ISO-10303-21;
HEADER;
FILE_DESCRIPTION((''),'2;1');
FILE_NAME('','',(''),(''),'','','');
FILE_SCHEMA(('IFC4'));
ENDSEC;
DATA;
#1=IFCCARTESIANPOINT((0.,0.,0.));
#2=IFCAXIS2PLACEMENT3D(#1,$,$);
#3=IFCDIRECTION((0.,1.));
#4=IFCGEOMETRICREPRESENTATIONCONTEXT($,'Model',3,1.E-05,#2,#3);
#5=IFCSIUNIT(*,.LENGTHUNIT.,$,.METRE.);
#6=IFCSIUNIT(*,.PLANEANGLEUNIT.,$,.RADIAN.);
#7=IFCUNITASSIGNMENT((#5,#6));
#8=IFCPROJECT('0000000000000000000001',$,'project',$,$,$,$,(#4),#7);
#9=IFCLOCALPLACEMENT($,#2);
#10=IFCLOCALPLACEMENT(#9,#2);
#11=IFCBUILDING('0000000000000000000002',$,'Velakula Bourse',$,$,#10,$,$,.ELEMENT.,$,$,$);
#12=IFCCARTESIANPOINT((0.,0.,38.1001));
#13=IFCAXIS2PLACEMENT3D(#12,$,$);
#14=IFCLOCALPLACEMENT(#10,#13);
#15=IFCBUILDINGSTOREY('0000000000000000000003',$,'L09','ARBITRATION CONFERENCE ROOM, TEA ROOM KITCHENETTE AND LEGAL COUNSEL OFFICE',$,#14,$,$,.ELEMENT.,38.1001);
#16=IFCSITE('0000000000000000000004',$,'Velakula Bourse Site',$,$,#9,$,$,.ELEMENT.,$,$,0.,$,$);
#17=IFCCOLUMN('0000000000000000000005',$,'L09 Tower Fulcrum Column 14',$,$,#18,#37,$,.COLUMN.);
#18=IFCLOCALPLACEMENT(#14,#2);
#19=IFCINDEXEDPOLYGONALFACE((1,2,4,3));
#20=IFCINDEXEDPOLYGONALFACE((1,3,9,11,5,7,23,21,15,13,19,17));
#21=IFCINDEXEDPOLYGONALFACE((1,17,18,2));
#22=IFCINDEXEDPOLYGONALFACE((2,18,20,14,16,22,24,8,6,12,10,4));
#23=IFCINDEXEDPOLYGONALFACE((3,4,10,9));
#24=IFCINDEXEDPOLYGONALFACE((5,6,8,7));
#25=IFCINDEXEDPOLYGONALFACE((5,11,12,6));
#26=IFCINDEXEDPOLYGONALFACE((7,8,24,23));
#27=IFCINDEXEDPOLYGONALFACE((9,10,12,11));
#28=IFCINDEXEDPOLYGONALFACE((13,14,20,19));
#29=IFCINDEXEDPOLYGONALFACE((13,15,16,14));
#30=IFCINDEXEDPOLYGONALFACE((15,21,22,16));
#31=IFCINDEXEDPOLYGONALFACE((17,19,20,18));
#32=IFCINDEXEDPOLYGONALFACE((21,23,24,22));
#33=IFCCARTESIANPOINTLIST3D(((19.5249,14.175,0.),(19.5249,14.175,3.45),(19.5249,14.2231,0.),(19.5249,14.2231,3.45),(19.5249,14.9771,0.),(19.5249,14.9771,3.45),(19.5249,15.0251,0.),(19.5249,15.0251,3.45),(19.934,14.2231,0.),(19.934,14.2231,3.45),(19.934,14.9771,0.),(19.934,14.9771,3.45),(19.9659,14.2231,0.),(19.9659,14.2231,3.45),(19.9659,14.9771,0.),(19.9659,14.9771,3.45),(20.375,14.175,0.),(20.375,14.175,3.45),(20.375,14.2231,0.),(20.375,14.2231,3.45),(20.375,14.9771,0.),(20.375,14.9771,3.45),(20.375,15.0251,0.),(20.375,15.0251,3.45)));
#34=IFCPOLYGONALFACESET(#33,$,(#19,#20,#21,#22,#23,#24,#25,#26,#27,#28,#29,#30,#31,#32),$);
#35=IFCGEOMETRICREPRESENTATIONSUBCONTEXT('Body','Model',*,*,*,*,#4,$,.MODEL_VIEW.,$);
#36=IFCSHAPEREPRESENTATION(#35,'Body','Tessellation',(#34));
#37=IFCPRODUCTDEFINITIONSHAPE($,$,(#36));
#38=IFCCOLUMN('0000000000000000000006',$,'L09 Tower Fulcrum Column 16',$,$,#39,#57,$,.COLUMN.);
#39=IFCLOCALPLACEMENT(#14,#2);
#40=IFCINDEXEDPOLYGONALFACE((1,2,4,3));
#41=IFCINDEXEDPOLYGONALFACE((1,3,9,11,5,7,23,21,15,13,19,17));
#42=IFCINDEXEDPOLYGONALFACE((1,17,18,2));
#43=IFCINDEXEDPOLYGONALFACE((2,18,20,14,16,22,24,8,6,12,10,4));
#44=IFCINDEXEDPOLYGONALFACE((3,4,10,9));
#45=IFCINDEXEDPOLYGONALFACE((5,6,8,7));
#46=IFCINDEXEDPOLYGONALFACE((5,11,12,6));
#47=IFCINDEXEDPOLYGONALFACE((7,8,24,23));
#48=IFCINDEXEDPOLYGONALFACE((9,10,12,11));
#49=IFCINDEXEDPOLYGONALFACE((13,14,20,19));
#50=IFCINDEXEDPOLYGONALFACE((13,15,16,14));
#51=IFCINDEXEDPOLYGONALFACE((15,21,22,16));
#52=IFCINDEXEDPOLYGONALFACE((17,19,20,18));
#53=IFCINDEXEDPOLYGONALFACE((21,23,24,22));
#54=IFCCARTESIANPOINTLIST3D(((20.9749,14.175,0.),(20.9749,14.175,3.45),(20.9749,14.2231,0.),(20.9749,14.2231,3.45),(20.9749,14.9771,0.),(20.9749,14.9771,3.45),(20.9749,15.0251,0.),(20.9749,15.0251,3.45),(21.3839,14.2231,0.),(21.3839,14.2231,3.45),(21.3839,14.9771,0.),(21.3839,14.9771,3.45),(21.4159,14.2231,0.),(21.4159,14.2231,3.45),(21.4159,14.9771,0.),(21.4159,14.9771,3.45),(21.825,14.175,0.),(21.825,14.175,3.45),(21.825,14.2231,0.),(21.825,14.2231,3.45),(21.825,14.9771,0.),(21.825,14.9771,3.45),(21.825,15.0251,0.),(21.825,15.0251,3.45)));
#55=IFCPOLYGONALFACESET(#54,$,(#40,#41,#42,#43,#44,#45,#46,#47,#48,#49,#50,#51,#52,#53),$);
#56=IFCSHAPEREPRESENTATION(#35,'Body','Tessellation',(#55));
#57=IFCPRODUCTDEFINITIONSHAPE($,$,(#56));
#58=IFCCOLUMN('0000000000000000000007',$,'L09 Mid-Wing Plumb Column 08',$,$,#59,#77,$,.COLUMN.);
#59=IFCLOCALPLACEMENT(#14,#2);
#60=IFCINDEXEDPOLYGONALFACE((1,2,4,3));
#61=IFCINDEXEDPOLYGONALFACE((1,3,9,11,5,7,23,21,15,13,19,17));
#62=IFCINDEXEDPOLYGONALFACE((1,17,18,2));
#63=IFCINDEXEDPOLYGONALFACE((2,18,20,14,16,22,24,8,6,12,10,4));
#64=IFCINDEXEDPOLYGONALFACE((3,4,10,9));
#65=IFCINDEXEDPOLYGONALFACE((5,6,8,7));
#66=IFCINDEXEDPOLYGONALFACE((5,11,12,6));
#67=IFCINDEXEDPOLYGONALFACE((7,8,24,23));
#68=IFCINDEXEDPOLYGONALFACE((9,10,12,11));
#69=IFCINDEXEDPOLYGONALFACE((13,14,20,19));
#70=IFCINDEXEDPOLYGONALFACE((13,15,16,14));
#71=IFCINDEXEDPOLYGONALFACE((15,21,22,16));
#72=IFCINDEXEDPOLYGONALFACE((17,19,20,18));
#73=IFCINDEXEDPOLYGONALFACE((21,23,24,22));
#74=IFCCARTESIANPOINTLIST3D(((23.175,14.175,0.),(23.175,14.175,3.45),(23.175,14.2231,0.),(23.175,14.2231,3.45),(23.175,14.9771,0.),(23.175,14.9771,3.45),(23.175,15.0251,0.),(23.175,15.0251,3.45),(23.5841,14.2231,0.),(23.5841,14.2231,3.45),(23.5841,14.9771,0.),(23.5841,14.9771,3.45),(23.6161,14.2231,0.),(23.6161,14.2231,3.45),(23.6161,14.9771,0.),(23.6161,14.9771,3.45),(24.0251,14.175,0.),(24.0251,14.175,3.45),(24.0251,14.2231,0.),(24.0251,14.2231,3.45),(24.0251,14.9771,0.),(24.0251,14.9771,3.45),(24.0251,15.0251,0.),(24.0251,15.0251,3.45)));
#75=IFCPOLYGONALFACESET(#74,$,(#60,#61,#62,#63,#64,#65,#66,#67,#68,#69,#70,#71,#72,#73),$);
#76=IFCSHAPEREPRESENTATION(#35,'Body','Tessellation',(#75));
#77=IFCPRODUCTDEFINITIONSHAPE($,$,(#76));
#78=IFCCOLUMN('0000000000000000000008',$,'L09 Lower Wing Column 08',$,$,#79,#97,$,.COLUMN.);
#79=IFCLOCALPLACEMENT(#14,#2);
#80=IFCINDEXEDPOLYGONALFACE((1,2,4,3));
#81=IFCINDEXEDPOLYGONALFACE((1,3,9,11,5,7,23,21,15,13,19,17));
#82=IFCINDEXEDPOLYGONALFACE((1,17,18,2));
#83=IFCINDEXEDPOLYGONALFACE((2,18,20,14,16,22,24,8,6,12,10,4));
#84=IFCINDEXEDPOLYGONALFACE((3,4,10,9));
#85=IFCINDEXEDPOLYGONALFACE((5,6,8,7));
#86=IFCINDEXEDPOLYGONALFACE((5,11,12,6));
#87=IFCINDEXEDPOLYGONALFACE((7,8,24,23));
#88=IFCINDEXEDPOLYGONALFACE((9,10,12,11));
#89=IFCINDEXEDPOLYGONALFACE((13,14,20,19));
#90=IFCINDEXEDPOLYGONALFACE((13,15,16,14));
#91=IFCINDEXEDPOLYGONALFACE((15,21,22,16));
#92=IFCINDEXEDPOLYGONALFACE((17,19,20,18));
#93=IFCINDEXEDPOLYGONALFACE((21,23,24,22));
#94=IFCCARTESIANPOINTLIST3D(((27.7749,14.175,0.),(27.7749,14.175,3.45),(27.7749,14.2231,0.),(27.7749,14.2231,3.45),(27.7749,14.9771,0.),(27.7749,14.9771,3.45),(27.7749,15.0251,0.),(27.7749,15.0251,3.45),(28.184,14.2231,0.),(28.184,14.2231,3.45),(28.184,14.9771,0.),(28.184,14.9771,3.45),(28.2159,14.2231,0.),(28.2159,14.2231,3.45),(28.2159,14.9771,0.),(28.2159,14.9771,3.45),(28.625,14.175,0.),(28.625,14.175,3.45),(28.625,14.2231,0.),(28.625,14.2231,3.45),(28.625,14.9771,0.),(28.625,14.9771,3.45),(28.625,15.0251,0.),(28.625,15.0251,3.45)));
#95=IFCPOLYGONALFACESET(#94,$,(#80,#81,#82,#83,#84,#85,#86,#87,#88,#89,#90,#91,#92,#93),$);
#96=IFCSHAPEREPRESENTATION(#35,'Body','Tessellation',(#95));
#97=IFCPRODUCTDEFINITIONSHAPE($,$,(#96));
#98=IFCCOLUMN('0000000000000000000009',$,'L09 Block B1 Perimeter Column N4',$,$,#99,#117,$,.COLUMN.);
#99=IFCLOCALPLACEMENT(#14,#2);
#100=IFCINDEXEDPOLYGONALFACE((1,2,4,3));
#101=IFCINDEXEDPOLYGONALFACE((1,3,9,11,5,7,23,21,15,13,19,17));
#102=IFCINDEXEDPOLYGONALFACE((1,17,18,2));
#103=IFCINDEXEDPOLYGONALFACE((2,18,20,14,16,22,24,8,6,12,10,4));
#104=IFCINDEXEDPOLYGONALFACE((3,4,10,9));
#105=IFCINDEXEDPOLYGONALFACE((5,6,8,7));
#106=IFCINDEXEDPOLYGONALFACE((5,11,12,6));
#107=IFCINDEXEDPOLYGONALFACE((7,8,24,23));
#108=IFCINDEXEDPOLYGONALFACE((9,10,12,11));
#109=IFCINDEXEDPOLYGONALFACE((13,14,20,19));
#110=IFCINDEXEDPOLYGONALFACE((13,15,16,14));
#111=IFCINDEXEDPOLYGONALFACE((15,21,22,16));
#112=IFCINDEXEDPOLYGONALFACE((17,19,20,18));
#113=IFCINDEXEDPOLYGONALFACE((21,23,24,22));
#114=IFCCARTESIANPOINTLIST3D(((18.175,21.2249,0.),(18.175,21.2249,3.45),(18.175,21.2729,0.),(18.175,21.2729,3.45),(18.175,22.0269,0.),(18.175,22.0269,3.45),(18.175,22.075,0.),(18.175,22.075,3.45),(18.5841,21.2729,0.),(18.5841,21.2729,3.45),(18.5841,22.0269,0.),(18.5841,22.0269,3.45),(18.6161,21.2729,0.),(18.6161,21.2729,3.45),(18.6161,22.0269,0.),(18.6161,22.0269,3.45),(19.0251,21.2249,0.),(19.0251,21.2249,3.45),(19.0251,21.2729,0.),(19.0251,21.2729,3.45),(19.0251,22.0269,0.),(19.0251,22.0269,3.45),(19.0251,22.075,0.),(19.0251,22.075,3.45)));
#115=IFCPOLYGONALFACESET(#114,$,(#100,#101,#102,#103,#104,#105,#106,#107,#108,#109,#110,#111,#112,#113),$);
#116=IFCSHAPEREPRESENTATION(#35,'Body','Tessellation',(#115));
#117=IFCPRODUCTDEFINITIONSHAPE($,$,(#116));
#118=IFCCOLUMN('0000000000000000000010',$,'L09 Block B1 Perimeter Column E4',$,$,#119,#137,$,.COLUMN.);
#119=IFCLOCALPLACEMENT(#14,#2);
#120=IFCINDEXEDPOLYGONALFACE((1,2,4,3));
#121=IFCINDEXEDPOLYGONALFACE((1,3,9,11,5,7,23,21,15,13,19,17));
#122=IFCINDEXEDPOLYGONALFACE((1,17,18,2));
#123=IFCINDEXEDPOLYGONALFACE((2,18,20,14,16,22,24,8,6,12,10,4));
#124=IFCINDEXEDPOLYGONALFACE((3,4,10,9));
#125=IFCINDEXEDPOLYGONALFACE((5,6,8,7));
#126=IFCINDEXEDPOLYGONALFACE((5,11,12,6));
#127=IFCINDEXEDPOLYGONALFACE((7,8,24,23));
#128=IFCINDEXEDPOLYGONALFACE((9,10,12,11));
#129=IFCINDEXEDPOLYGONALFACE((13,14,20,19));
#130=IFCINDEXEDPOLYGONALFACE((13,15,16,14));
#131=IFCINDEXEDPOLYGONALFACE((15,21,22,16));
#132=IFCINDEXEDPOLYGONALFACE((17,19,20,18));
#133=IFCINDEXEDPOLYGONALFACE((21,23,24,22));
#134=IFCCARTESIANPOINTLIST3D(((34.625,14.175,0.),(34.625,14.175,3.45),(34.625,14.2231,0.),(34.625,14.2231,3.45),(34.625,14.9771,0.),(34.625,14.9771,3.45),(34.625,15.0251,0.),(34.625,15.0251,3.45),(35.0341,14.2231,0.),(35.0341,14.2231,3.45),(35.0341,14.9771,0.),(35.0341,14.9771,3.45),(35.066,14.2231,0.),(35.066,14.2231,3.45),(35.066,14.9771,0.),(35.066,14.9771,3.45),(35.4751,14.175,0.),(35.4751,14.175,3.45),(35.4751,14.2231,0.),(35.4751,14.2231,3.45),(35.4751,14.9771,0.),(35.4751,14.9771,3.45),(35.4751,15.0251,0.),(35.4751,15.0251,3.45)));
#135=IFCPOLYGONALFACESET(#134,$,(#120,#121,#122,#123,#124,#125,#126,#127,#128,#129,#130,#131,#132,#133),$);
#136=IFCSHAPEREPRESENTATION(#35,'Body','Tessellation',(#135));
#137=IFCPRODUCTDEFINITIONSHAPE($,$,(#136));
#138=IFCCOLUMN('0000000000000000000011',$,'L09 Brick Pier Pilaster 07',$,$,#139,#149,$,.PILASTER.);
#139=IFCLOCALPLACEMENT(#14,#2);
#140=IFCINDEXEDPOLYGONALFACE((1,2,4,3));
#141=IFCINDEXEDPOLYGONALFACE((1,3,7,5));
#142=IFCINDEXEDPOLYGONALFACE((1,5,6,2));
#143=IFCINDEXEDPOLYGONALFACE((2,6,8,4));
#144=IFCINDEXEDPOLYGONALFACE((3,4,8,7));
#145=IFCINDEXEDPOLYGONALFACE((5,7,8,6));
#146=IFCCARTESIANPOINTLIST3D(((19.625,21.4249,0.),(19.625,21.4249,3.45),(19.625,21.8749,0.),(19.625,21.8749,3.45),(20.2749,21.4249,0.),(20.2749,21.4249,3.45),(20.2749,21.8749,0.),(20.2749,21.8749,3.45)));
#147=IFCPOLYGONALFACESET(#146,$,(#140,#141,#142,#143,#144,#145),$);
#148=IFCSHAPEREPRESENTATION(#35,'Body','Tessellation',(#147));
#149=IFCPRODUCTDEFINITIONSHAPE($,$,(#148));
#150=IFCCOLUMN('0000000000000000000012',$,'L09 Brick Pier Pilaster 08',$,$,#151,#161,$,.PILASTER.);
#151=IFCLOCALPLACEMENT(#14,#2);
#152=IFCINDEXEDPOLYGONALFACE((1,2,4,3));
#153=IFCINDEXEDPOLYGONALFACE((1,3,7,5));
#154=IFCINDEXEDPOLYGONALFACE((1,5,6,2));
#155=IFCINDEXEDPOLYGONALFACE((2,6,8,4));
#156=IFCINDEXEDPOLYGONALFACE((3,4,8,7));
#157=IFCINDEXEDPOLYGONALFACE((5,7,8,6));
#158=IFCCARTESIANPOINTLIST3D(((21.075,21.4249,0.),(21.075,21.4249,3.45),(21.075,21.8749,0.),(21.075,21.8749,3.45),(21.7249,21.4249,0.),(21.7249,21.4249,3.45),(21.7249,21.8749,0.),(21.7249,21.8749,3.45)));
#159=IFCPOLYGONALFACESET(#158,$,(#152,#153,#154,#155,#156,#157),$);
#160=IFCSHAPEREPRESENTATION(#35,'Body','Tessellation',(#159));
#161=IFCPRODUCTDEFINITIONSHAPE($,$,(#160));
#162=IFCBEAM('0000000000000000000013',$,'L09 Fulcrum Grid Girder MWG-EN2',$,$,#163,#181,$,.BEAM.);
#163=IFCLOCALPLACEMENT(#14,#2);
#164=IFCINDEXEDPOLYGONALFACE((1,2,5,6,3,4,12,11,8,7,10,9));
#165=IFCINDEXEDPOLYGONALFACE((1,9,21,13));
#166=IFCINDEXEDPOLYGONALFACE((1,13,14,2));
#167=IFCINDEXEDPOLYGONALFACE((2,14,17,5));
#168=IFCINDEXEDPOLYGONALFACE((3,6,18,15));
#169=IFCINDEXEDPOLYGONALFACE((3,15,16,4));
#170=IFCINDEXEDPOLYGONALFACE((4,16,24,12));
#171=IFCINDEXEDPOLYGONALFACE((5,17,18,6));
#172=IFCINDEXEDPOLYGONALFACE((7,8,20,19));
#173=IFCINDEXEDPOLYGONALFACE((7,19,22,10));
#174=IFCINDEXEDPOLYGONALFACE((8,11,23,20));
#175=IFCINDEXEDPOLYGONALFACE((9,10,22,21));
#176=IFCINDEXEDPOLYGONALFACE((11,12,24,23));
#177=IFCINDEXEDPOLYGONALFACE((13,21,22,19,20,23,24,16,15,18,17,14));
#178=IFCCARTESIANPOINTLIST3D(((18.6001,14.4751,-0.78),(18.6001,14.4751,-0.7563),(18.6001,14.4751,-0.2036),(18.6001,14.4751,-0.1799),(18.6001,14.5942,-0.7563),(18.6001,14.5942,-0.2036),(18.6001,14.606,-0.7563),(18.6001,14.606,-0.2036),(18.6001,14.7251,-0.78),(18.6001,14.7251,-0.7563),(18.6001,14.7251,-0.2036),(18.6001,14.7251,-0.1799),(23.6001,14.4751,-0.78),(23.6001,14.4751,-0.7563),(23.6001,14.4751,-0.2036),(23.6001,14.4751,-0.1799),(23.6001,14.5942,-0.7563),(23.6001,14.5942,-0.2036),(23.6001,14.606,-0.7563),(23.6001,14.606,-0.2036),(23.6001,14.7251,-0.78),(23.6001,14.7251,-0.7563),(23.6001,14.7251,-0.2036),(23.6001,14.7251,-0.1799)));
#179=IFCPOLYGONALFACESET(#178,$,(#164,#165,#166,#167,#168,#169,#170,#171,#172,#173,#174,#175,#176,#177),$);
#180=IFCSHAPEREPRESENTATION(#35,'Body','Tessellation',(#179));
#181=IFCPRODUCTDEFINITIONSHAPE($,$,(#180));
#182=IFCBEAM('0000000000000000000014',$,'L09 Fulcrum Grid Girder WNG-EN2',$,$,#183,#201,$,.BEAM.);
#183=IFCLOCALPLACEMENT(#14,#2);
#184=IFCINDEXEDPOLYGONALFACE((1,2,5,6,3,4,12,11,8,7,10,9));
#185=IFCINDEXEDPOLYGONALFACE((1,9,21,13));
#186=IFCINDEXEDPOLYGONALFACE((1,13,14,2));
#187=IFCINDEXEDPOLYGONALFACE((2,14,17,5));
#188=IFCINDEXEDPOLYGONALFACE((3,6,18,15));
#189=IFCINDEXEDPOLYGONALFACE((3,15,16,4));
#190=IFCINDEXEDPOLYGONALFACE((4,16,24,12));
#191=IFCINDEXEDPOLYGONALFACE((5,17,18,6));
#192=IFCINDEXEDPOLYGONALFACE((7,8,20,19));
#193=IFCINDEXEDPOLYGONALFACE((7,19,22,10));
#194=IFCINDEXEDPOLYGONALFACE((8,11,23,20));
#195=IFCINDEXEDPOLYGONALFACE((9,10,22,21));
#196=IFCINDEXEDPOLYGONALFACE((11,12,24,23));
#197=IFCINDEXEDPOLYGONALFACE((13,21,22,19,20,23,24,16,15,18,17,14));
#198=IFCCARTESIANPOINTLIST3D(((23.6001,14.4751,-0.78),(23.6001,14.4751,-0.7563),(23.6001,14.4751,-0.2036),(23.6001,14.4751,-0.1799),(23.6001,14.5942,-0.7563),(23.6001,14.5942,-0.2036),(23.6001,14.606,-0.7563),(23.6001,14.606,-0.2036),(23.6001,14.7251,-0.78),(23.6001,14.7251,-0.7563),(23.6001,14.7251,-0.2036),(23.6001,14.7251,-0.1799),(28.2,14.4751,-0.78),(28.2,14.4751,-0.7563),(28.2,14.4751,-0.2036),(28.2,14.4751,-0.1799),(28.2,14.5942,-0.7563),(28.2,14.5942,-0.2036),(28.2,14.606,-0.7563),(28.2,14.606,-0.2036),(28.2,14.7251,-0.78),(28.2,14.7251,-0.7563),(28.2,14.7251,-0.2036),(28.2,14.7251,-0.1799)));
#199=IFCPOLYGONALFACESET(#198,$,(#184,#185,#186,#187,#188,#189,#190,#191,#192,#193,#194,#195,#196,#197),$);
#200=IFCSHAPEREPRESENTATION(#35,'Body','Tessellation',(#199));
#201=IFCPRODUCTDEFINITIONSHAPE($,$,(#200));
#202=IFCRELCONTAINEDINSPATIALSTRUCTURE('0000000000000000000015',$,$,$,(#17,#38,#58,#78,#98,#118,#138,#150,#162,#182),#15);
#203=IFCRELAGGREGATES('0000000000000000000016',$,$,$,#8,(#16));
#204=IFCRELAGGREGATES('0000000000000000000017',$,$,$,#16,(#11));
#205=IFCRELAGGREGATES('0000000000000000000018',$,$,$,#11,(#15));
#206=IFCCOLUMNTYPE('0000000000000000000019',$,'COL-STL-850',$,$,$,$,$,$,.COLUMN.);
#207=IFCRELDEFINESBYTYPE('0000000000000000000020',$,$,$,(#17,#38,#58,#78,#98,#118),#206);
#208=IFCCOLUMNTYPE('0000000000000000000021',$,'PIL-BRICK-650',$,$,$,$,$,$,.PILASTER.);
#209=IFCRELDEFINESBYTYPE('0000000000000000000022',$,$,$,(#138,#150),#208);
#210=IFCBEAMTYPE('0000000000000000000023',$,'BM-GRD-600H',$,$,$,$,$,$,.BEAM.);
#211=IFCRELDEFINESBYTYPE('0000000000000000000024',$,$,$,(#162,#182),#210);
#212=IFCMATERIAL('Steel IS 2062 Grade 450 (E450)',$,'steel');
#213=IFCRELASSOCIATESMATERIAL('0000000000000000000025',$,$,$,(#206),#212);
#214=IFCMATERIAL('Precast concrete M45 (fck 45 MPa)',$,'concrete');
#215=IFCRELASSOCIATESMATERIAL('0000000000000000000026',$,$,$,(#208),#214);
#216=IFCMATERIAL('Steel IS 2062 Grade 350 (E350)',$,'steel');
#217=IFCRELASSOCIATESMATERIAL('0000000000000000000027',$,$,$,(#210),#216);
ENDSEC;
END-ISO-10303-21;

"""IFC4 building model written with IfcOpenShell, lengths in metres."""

from ifc_helpers import new_model, si_unit, direction, frame, origin, origin_2d, place, context, subcontext, project, spatial, rectangle, i_section, extrude, material, material_profile, profile_set, type_object, element, save


model = new_model("IFC4")

# Units and contexts
model_context = context("Model", 3, precision=1e-05, world=origin(), true_north=direction((0.0, 1.0)))
body_context = subcontext(model_context, "Body", "Model", "MODEL_VIEW")
ifc_project = project(units=[si_unit("LENGTHUNIT", "METRE"), si_unit("PLANEANGLEUNIT", "RADIAN")], contexts=[model_context])

# Site, building, storey
site_placement = place(None, origin())
site = spatial("IfcSite", under=ifc_project, at=site_placement, Name="Velakula Bourse Site", CompositionType="ELEMENT", RefElevation=0.0)
building_placement = place(site_placement, origin())
building = spatial("IfcBuilding", under=site, at=building_placement, Name="Velakula Bourse", CompositionType="ELEMENT")
storey_placement = place(building_placement, frame((0.0, 0.0, 38.1001)))
storey = spatial("IfcBuildingStorey", under=building, at=storey_placement, Name="L09", Description="ARBITRATION CONFERENCE ROOM, TEA ROOM KITCHENETTE AND LEGAL COUNSEL OFFICE", CompositionType="ELEMENT", Elevation=38.1001)

# Columns
ifc_material_1 = material(Name="Steel IS 2062 Grade 450 (E450)", Category="steel")
ifc_material_profile_1 = material_profile(ifc_material_1, i_section(OverallWidth=0.8501, OverallDepth=0.8501, WebThickness=0.032, FlangeThickness=0.0481, at=origin_2d()), Name="Steel IS 2062 Grade 450 (E450)")
ifc_profile_set_1 = profile_set([ifc_material_profile_1], Name="Steel IS 2062 Grade 450 (E450)")
column_type_1 = type_object("IfcColumnType", Name="COL-STL-850", PredefinedType="COLUMN", material=ifc_profile_set_1)
for number, where, z_axis, x_axis, name in (
    (1, (19.95, 14.6001, 0.0), (0.0, 0.0, 1.0), (1.0, 0.0, 0.0), "L09 Tower Fulcrum Column 14"),
    (2, (21.3999, 14.6001, 0.0), (0.0, 0.0, 1.0), (1.0, 0.0, 0.0), "L09 Tower Fulcrum Column 16"),
    (3, (23.6001, 14.6001, 0.0), (0.0, 0.0, 1.0), (1.0, 0.0, 0.0), "L09 Mid-Wing Plumb Column 08"),
    (4, (28.2, 14.6001, 0.0), (0.0, 0.0, 1.0), (1.0, 0.0, 0.0), "L09 Lower Wing Column 08"),
    (5, (18.6001, 21.6499, 0.0), (0.0, 0.0, 1.0), (1.0, 0.0, 0.0), "L09 Block B1 Perimeter Column N4"),
    (6, (35.05, 14.6001, 0.0), (0.0, 0.0, 1.0), (1.0, 0.0, 0.0), "L09 Block B1 Perimeter Column E4"),
):
    element("IfcColumn", number, at=place(storey_placement, frame(where, z_axis=z_axis, x_axis=x_axis)), inside=storey, type_object=column_type_1, Name=name, PredefinedType="COLUMN", context=body_context, shape_type="SweptSolid", body=[
        extrude(i_section(OverallWidth=0.8501, OverallDepth=0.8501, WebThickness=0.032, FlangeThickness=0.0481, at=origin_2d()), origin(), (0.0, 0.0, 1.0), 3.45),
    ])
ifc_material_2 = material(Name="Precast concrete M45 (fck 45 MPa)", Category="concrete")
ifc_material_profile_2 = material_profile(ifc_material_2, rectangle(XDim=0.6499, YDim=0.45, at=origin_2d()), Name="Precast concrete M45 (fck 45 MPa)")
ifc_profile_set_2 = profile_set([ifc_material_profile_2], Name="Precast concrete M45 (fck 45 MPa)")
column_type_2 = type_object("IfcColumnType", Name="PIL-BRICK-650", PredefinedType="PILASTER", material=ifc_profile_set_2)
for number, where, z_axis, x_axis, name in (
    (7, (19.95, 21.6499, 0.0), (0.0, 0.0, 1.0), (1.0, 0.0, 0.0), "L09 Brick Pier Pilaster 07"),
    (8, (21.3999, 21.6499, 0.0), (0.0, 0.0, 1.0), (1.0, 0.0, 0.0), "L09 Brick Pier Pilaster 08"),
):
    element("IfcColumn", number, at=place(storey_placement, frame(where, z_axis=z_axis, x_axis=x_axis)), inside=storey, type_object=column_type_2, Name=name, PredefinedType="PILASTER", context=body_context, shape_type="SweptSolid", body=[
        extrude(rectangle(XDim=0.6499, YDim=0.45, at=origin_2d()), origin(), (0.0, 0.0, 1.0), 3.45),
    ])

# Beams
ifc_material_3 = material(Name="Steel IS 2062 Grade 350 (E350)", Category="steel")
ifc_material_profile_3 = material_profile(ifc_material_3, i_section(OverallWidth=0.25, OverallDepth=0.6001, WebThickness=0.0117, FlangeThickness=0.0237, at=origin_2d()), Name="Steel IS 2062 Grade 350 (E350)")
ifc_profile_set_3 = profile_set([ifc_material_profile_3], Name="Steel IS 2062 Grade 350 (E350)")
beam_type_1 = type_object("IfcBeamType", Name="BM-GRD-600H", PredefinedType="BEAM", material=ifc_profile_set_3)
beam_1_placement = place(storey_placement, frame((18.6001, 14.6001, -0.48), z_axis=(1.0, 0.0, 0.0), x_axis=(0.0, 1.0, 0.0)))
element("IfcBeam", 9, at=beam_1_placement, inside=storey, type_object=beam_type_1, Name="L09 Fulcrum Grid Girder MWG-EN2", PredefinedType="BEAM", context=body_context, shape_type="SweptSolid", body=[
    extrude(i_section(OverallWidth=0.25, OverallDepth=0.6001, WebThickness=0.0117, FlangeThickness=0.0237, at=origin_2d()), origin(), (0.0, 0.0, 1.0), 5.0),
])
beam_2_placement = place(storey_placement, frame((23.6001, 14.6001, -0.48), z_axis=(1.0, 0.0, 0.0), x_axis=(0.0, 1.0, 0.0)))
element("IfcBeam", 10, at=beam_2_placement, inside=storey, type_object=beam_type_1, Name="L09 Fulcrum Grid Girder WNG-EN2", PredefinedType="BEAM", context=body_context, shape_type="SweptSolid", body=[
    extrude(i_section(OverallWidth=0.25, OverallDepth=0.6001, WebThickness=0.0117, FlangeThickness=0.0237, at=origin_2d()), origin(), (0.0, 0.0, 1.0), 4.5999),
])

save(model, "model.ifc")
